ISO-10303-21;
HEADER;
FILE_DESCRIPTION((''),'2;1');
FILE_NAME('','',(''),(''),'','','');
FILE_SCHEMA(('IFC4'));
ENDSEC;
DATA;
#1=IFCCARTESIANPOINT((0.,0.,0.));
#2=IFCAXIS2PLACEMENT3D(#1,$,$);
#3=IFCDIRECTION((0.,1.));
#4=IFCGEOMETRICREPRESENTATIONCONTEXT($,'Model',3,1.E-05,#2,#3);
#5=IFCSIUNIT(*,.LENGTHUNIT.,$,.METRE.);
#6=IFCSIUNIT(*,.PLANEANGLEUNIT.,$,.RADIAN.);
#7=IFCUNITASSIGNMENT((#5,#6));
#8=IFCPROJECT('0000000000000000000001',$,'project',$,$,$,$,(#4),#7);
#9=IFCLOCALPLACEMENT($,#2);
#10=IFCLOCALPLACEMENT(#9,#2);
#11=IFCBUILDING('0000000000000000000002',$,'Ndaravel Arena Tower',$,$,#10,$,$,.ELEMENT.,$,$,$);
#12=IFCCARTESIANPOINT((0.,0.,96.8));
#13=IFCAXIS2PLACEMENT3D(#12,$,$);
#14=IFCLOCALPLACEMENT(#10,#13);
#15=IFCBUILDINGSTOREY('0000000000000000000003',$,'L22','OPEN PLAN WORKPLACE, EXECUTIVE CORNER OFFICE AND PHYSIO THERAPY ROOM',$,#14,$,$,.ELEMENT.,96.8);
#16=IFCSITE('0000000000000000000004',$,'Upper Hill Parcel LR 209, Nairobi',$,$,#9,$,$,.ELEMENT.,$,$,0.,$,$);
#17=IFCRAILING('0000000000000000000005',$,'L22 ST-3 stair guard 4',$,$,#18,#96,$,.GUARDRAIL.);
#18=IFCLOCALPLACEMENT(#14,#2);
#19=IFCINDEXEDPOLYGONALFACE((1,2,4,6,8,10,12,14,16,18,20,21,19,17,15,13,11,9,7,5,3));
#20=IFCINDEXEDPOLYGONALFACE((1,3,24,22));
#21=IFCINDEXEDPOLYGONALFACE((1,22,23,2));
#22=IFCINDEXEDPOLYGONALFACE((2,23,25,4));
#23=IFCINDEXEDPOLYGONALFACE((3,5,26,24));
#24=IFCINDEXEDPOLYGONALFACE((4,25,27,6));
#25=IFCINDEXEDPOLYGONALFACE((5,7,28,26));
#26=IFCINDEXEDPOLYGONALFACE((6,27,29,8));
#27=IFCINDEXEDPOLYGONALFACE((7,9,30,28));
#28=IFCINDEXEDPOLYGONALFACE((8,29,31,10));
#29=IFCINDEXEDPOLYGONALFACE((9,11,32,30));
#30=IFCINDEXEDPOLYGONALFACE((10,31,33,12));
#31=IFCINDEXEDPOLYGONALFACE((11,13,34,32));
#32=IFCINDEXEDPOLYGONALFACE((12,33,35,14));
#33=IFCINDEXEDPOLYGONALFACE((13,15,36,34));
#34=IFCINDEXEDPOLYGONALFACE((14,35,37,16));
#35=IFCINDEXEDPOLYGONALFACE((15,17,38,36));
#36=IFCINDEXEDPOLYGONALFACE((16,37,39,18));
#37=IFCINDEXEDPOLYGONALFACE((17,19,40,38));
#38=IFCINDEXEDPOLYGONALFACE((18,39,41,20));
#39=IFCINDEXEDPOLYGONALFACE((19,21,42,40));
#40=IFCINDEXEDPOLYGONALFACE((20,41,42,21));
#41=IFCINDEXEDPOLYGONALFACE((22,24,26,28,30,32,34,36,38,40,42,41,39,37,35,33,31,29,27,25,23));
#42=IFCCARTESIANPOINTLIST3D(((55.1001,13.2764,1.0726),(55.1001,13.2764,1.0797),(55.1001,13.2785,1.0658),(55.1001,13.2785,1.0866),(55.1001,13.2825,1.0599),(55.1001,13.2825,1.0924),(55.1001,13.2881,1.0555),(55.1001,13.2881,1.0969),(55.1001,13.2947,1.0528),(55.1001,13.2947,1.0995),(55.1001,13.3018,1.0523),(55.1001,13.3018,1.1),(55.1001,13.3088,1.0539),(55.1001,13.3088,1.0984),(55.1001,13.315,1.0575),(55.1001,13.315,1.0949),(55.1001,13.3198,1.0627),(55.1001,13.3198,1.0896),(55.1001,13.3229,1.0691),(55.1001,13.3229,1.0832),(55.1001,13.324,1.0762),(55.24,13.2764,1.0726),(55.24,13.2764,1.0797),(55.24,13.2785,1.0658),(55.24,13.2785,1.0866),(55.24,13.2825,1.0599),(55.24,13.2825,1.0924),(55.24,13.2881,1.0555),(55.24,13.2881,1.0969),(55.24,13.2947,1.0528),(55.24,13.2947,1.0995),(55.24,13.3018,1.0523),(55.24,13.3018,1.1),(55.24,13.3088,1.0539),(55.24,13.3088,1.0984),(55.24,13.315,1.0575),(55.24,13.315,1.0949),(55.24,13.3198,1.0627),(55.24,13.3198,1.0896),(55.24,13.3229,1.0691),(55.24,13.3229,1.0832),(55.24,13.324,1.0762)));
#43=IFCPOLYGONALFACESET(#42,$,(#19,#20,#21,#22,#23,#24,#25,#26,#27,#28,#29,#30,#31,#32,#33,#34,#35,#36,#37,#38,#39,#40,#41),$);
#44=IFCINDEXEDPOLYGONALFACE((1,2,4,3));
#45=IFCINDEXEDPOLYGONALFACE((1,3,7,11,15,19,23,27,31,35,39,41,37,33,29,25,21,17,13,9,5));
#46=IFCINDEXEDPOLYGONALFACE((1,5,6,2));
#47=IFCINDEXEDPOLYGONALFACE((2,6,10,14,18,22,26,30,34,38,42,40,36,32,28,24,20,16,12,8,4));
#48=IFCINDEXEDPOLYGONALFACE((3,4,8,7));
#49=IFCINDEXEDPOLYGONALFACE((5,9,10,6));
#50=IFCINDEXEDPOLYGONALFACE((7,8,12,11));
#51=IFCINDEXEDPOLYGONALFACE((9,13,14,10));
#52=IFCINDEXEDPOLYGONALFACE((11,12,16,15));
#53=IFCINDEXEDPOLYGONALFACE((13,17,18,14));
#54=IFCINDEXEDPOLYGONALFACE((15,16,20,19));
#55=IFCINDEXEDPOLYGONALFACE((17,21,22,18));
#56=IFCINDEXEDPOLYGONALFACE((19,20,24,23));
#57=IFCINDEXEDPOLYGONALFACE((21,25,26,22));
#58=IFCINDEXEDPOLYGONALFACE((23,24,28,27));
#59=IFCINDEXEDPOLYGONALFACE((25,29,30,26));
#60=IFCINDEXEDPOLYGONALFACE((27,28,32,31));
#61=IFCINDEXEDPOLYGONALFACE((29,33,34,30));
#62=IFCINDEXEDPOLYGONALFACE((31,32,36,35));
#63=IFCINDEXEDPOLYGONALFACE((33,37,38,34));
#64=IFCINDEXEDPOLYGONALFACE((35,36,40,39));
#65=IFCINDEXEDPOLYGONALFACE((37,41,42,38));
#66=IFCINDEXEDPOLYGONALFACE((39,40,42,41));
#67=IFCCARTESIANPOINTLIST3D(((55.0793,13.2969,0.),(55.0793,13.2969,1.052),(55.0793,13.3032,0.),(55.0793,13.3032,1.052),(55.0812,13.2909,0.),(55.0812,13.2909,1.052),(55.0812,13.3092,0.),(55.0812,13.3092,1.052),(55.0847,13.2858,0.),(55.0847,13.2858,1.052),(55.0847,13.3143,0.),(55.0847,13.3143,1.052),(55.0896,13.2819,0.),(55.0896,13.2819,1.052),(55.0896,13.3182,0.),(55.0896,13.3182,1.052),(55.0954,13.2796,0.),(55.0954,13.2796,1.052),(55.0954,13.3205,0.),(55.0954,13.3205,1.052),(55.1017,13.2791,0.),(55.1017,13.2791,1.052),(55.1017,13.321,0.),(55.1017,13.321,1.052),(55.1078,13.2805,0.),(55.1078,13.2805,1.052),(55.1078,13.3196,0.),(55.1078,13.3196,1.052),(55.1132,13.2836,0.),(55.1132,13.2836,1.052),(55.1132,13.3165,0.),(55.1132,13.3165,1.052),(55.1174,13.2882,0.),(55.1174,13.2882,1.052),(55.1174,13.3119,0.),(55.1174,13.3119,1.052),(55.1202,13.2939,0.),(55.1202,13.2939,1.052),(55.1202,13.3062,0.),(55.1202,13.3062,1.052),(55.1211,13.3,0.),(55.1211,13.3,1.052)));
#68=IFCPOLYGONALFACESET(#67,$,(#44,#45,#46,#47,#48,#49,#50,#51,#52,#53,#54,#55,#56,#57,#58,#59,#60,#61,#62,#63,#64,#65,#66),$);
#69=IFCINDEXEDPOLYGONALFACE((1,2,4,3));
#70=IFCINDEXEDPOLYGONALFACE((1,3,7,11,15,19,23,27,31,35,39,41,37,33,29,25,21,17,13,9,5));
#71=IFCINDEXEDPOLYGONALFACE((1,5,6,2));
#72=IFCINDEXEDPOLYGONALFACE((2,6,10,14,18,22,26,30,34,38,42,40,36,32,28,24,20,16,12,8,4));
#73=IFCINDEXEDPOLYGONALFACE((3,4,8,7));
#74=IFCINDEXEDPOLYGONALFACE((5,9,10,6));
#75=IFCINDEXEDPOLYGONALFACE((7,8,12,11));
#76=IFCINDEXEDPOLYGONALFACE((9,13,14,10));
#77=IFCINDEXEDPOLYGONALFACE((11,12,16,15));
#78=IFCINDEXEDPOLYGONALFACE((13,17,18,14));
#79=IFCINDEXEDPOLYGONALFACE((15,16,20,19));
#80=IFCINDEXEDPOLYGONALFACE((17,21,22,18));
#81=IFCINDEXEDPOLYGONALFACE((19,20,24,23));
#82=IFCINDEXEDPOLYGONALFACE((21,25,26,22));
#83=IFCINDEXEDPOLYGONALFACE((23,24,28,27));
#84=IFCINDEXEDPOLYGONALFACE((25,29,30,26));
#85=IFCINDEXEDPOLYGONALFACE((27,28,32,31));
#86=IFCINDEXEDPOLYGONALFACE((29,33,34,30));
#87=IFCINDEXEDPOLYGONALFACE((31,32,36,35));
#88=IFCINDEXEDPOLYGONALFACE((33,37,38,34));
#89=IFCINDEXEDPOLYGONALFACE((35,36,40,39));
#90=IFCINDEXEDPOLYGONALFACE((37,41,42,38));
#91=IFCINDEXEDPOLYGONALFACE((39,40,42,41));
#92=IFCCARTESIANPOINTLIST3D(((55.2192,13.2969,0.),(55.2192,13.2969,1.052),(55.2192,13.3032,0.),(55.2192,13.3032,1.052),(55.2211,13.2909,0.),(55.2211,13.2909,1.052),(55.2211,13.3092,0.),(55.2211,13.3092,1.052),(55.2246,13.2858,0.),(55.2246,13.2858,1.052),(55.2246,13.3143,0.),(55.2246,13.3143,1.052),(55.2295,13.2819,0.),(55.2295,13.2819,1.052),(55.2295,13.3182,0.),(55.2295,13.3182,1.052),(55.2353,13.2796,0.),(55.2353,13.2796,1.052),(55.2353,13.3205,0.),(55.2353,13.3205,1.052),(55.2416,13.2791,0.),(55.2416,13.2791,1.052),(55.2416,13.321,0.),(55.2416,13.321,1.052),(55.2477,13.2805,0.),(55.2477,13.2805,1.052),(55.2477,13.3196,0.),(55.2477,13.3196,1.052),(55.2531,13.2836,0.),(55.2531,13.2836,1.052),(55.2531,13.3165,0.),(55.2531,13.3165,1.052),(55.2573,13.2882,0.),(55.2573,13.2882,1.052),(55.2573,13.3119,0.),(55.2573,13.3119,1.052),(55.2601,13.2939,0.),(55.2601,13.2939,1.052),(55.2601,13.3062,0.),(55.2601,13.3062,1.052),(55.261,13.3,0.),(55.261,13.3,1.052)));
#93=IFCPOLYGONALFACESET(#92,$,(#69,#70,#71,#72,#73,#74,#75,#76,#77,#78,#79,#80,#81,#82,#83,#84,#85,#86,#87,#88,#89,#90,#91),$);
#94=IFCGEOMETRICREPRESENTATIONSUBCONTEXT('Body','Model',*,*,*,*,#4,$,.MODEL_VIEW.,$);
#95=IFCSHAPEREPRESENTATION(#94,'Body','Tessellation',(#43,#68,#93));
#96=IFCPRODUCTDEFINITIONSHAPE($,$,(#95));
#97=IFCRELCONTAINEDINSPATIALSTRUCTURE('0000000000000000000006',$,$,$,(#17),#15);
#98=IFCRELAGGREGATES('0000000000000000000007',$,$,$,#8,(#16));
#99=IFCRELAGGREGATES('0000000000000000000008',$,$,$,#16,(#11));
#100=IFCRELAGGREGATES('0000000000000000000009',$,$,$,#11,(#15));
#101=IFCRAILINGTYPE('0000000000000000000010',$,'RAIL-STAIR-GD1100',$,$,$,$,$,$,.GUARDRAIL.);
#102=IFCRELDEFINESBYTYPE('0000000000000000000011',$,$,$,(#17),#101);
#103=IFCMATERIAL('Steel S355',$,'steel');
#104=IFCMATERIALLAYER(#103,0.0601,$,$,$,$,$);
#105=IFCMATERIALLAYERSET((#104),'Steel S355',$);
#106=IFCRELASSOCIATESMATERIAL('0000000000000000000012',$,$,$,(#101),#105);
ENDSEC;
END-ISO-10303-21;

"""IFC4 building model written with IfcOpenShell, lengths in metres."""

from ifc_helpers import new_model, si_unit, direction, frame, origin, origin_2d, place, context, subcontext, project, spatial, circle, extrude, material, layer, layer_set, type_object, element, save


model = new_model("IFC4")

# Units and contexts
model_context = context("Model", 3, precision=1e-05, world=origin(), true_north=direction((0.0, 1.0)))
body_context = subcontext(model_context, "Body", "Model", "MODEL_VIEW")
ifc_project = project(units=[si_unit("LENGTHUNIT", "METRE"), si_unit("PLANEANGLEUNIT", "RADIAN")], contexts=[model_context])

# Site, building, storey
site_placement = place(None, origin())
site = spatial("IfcSite", under=ifc_project, at=site_placement, Name="Upper Hill Parcel LR 209, Nairobi", CompositionType="ELEMENT", RefElevation=0.0)
building_placement = place(site_placement, origin())
building = spatial("IfcBuilding", under=site, at=building_placement, Name="Ndaravel Arena Tower", CompositionType="ELEMENT")
storey_placement = place(building_placement, frame((0.0, 0.0, 96.8)))
storey = spatial("IfcBuildingStorey", under=building, at=storey_placement, Name="L22", Description="OPEN PLAN WORKPLACE, EXECUTIVE CORNER OFFICE AND PHYSIO THERAPY ROOM", CompositionType="ELEMENT", Elevation=96.8)

# Railing
ifc_material_1 = material(Name="Steel S355", Category="steel")
ifc_layer_1 = layer(ifc_material_1, 0.0601)
ifc_layer_set_1 = layer_set([ifc_layer_1], Name="Steel S355")
railing_type_1 = type_object("IfcRailingType", Name="RAIL-STAIR-GD1100", PredefinedType="GUARDRAIL", material=ifc_layer_set_1)
railing_1_placement = place(storey_placement, frame((55.1001, 13.3, 0.0)))
element("IfcRailing", 1, at=railing_1_placement, inside=storey, type_object=railing_type_1, Name="L22 ST-3 stair guard 4", PredefinedType="GUARDRAIL", context=body_context, shape_type="SweptSolid", body=[
    extrude(circle(Radius=0.0239, at=origin_2d()), frame((0.0, 0.0, 1.0762), z_axis=(1.0, 0.0, 0.0), x_axis=(0.0, 1.0, 0.0)), (0.0, 0.0, 1.0), 0.1399),
    extrude(circle(Radius=0.021, at=origin_2d()), origin(), (0.0, 0.0, 1.0), 1.052),
    extrude(circle(Radius=0.021, at=origin_2d()), frame((0.1399, 0.0, 0.0)), (0.0, 0.0, 1.0), 1.052),
])

save(model, "model.ifc")
